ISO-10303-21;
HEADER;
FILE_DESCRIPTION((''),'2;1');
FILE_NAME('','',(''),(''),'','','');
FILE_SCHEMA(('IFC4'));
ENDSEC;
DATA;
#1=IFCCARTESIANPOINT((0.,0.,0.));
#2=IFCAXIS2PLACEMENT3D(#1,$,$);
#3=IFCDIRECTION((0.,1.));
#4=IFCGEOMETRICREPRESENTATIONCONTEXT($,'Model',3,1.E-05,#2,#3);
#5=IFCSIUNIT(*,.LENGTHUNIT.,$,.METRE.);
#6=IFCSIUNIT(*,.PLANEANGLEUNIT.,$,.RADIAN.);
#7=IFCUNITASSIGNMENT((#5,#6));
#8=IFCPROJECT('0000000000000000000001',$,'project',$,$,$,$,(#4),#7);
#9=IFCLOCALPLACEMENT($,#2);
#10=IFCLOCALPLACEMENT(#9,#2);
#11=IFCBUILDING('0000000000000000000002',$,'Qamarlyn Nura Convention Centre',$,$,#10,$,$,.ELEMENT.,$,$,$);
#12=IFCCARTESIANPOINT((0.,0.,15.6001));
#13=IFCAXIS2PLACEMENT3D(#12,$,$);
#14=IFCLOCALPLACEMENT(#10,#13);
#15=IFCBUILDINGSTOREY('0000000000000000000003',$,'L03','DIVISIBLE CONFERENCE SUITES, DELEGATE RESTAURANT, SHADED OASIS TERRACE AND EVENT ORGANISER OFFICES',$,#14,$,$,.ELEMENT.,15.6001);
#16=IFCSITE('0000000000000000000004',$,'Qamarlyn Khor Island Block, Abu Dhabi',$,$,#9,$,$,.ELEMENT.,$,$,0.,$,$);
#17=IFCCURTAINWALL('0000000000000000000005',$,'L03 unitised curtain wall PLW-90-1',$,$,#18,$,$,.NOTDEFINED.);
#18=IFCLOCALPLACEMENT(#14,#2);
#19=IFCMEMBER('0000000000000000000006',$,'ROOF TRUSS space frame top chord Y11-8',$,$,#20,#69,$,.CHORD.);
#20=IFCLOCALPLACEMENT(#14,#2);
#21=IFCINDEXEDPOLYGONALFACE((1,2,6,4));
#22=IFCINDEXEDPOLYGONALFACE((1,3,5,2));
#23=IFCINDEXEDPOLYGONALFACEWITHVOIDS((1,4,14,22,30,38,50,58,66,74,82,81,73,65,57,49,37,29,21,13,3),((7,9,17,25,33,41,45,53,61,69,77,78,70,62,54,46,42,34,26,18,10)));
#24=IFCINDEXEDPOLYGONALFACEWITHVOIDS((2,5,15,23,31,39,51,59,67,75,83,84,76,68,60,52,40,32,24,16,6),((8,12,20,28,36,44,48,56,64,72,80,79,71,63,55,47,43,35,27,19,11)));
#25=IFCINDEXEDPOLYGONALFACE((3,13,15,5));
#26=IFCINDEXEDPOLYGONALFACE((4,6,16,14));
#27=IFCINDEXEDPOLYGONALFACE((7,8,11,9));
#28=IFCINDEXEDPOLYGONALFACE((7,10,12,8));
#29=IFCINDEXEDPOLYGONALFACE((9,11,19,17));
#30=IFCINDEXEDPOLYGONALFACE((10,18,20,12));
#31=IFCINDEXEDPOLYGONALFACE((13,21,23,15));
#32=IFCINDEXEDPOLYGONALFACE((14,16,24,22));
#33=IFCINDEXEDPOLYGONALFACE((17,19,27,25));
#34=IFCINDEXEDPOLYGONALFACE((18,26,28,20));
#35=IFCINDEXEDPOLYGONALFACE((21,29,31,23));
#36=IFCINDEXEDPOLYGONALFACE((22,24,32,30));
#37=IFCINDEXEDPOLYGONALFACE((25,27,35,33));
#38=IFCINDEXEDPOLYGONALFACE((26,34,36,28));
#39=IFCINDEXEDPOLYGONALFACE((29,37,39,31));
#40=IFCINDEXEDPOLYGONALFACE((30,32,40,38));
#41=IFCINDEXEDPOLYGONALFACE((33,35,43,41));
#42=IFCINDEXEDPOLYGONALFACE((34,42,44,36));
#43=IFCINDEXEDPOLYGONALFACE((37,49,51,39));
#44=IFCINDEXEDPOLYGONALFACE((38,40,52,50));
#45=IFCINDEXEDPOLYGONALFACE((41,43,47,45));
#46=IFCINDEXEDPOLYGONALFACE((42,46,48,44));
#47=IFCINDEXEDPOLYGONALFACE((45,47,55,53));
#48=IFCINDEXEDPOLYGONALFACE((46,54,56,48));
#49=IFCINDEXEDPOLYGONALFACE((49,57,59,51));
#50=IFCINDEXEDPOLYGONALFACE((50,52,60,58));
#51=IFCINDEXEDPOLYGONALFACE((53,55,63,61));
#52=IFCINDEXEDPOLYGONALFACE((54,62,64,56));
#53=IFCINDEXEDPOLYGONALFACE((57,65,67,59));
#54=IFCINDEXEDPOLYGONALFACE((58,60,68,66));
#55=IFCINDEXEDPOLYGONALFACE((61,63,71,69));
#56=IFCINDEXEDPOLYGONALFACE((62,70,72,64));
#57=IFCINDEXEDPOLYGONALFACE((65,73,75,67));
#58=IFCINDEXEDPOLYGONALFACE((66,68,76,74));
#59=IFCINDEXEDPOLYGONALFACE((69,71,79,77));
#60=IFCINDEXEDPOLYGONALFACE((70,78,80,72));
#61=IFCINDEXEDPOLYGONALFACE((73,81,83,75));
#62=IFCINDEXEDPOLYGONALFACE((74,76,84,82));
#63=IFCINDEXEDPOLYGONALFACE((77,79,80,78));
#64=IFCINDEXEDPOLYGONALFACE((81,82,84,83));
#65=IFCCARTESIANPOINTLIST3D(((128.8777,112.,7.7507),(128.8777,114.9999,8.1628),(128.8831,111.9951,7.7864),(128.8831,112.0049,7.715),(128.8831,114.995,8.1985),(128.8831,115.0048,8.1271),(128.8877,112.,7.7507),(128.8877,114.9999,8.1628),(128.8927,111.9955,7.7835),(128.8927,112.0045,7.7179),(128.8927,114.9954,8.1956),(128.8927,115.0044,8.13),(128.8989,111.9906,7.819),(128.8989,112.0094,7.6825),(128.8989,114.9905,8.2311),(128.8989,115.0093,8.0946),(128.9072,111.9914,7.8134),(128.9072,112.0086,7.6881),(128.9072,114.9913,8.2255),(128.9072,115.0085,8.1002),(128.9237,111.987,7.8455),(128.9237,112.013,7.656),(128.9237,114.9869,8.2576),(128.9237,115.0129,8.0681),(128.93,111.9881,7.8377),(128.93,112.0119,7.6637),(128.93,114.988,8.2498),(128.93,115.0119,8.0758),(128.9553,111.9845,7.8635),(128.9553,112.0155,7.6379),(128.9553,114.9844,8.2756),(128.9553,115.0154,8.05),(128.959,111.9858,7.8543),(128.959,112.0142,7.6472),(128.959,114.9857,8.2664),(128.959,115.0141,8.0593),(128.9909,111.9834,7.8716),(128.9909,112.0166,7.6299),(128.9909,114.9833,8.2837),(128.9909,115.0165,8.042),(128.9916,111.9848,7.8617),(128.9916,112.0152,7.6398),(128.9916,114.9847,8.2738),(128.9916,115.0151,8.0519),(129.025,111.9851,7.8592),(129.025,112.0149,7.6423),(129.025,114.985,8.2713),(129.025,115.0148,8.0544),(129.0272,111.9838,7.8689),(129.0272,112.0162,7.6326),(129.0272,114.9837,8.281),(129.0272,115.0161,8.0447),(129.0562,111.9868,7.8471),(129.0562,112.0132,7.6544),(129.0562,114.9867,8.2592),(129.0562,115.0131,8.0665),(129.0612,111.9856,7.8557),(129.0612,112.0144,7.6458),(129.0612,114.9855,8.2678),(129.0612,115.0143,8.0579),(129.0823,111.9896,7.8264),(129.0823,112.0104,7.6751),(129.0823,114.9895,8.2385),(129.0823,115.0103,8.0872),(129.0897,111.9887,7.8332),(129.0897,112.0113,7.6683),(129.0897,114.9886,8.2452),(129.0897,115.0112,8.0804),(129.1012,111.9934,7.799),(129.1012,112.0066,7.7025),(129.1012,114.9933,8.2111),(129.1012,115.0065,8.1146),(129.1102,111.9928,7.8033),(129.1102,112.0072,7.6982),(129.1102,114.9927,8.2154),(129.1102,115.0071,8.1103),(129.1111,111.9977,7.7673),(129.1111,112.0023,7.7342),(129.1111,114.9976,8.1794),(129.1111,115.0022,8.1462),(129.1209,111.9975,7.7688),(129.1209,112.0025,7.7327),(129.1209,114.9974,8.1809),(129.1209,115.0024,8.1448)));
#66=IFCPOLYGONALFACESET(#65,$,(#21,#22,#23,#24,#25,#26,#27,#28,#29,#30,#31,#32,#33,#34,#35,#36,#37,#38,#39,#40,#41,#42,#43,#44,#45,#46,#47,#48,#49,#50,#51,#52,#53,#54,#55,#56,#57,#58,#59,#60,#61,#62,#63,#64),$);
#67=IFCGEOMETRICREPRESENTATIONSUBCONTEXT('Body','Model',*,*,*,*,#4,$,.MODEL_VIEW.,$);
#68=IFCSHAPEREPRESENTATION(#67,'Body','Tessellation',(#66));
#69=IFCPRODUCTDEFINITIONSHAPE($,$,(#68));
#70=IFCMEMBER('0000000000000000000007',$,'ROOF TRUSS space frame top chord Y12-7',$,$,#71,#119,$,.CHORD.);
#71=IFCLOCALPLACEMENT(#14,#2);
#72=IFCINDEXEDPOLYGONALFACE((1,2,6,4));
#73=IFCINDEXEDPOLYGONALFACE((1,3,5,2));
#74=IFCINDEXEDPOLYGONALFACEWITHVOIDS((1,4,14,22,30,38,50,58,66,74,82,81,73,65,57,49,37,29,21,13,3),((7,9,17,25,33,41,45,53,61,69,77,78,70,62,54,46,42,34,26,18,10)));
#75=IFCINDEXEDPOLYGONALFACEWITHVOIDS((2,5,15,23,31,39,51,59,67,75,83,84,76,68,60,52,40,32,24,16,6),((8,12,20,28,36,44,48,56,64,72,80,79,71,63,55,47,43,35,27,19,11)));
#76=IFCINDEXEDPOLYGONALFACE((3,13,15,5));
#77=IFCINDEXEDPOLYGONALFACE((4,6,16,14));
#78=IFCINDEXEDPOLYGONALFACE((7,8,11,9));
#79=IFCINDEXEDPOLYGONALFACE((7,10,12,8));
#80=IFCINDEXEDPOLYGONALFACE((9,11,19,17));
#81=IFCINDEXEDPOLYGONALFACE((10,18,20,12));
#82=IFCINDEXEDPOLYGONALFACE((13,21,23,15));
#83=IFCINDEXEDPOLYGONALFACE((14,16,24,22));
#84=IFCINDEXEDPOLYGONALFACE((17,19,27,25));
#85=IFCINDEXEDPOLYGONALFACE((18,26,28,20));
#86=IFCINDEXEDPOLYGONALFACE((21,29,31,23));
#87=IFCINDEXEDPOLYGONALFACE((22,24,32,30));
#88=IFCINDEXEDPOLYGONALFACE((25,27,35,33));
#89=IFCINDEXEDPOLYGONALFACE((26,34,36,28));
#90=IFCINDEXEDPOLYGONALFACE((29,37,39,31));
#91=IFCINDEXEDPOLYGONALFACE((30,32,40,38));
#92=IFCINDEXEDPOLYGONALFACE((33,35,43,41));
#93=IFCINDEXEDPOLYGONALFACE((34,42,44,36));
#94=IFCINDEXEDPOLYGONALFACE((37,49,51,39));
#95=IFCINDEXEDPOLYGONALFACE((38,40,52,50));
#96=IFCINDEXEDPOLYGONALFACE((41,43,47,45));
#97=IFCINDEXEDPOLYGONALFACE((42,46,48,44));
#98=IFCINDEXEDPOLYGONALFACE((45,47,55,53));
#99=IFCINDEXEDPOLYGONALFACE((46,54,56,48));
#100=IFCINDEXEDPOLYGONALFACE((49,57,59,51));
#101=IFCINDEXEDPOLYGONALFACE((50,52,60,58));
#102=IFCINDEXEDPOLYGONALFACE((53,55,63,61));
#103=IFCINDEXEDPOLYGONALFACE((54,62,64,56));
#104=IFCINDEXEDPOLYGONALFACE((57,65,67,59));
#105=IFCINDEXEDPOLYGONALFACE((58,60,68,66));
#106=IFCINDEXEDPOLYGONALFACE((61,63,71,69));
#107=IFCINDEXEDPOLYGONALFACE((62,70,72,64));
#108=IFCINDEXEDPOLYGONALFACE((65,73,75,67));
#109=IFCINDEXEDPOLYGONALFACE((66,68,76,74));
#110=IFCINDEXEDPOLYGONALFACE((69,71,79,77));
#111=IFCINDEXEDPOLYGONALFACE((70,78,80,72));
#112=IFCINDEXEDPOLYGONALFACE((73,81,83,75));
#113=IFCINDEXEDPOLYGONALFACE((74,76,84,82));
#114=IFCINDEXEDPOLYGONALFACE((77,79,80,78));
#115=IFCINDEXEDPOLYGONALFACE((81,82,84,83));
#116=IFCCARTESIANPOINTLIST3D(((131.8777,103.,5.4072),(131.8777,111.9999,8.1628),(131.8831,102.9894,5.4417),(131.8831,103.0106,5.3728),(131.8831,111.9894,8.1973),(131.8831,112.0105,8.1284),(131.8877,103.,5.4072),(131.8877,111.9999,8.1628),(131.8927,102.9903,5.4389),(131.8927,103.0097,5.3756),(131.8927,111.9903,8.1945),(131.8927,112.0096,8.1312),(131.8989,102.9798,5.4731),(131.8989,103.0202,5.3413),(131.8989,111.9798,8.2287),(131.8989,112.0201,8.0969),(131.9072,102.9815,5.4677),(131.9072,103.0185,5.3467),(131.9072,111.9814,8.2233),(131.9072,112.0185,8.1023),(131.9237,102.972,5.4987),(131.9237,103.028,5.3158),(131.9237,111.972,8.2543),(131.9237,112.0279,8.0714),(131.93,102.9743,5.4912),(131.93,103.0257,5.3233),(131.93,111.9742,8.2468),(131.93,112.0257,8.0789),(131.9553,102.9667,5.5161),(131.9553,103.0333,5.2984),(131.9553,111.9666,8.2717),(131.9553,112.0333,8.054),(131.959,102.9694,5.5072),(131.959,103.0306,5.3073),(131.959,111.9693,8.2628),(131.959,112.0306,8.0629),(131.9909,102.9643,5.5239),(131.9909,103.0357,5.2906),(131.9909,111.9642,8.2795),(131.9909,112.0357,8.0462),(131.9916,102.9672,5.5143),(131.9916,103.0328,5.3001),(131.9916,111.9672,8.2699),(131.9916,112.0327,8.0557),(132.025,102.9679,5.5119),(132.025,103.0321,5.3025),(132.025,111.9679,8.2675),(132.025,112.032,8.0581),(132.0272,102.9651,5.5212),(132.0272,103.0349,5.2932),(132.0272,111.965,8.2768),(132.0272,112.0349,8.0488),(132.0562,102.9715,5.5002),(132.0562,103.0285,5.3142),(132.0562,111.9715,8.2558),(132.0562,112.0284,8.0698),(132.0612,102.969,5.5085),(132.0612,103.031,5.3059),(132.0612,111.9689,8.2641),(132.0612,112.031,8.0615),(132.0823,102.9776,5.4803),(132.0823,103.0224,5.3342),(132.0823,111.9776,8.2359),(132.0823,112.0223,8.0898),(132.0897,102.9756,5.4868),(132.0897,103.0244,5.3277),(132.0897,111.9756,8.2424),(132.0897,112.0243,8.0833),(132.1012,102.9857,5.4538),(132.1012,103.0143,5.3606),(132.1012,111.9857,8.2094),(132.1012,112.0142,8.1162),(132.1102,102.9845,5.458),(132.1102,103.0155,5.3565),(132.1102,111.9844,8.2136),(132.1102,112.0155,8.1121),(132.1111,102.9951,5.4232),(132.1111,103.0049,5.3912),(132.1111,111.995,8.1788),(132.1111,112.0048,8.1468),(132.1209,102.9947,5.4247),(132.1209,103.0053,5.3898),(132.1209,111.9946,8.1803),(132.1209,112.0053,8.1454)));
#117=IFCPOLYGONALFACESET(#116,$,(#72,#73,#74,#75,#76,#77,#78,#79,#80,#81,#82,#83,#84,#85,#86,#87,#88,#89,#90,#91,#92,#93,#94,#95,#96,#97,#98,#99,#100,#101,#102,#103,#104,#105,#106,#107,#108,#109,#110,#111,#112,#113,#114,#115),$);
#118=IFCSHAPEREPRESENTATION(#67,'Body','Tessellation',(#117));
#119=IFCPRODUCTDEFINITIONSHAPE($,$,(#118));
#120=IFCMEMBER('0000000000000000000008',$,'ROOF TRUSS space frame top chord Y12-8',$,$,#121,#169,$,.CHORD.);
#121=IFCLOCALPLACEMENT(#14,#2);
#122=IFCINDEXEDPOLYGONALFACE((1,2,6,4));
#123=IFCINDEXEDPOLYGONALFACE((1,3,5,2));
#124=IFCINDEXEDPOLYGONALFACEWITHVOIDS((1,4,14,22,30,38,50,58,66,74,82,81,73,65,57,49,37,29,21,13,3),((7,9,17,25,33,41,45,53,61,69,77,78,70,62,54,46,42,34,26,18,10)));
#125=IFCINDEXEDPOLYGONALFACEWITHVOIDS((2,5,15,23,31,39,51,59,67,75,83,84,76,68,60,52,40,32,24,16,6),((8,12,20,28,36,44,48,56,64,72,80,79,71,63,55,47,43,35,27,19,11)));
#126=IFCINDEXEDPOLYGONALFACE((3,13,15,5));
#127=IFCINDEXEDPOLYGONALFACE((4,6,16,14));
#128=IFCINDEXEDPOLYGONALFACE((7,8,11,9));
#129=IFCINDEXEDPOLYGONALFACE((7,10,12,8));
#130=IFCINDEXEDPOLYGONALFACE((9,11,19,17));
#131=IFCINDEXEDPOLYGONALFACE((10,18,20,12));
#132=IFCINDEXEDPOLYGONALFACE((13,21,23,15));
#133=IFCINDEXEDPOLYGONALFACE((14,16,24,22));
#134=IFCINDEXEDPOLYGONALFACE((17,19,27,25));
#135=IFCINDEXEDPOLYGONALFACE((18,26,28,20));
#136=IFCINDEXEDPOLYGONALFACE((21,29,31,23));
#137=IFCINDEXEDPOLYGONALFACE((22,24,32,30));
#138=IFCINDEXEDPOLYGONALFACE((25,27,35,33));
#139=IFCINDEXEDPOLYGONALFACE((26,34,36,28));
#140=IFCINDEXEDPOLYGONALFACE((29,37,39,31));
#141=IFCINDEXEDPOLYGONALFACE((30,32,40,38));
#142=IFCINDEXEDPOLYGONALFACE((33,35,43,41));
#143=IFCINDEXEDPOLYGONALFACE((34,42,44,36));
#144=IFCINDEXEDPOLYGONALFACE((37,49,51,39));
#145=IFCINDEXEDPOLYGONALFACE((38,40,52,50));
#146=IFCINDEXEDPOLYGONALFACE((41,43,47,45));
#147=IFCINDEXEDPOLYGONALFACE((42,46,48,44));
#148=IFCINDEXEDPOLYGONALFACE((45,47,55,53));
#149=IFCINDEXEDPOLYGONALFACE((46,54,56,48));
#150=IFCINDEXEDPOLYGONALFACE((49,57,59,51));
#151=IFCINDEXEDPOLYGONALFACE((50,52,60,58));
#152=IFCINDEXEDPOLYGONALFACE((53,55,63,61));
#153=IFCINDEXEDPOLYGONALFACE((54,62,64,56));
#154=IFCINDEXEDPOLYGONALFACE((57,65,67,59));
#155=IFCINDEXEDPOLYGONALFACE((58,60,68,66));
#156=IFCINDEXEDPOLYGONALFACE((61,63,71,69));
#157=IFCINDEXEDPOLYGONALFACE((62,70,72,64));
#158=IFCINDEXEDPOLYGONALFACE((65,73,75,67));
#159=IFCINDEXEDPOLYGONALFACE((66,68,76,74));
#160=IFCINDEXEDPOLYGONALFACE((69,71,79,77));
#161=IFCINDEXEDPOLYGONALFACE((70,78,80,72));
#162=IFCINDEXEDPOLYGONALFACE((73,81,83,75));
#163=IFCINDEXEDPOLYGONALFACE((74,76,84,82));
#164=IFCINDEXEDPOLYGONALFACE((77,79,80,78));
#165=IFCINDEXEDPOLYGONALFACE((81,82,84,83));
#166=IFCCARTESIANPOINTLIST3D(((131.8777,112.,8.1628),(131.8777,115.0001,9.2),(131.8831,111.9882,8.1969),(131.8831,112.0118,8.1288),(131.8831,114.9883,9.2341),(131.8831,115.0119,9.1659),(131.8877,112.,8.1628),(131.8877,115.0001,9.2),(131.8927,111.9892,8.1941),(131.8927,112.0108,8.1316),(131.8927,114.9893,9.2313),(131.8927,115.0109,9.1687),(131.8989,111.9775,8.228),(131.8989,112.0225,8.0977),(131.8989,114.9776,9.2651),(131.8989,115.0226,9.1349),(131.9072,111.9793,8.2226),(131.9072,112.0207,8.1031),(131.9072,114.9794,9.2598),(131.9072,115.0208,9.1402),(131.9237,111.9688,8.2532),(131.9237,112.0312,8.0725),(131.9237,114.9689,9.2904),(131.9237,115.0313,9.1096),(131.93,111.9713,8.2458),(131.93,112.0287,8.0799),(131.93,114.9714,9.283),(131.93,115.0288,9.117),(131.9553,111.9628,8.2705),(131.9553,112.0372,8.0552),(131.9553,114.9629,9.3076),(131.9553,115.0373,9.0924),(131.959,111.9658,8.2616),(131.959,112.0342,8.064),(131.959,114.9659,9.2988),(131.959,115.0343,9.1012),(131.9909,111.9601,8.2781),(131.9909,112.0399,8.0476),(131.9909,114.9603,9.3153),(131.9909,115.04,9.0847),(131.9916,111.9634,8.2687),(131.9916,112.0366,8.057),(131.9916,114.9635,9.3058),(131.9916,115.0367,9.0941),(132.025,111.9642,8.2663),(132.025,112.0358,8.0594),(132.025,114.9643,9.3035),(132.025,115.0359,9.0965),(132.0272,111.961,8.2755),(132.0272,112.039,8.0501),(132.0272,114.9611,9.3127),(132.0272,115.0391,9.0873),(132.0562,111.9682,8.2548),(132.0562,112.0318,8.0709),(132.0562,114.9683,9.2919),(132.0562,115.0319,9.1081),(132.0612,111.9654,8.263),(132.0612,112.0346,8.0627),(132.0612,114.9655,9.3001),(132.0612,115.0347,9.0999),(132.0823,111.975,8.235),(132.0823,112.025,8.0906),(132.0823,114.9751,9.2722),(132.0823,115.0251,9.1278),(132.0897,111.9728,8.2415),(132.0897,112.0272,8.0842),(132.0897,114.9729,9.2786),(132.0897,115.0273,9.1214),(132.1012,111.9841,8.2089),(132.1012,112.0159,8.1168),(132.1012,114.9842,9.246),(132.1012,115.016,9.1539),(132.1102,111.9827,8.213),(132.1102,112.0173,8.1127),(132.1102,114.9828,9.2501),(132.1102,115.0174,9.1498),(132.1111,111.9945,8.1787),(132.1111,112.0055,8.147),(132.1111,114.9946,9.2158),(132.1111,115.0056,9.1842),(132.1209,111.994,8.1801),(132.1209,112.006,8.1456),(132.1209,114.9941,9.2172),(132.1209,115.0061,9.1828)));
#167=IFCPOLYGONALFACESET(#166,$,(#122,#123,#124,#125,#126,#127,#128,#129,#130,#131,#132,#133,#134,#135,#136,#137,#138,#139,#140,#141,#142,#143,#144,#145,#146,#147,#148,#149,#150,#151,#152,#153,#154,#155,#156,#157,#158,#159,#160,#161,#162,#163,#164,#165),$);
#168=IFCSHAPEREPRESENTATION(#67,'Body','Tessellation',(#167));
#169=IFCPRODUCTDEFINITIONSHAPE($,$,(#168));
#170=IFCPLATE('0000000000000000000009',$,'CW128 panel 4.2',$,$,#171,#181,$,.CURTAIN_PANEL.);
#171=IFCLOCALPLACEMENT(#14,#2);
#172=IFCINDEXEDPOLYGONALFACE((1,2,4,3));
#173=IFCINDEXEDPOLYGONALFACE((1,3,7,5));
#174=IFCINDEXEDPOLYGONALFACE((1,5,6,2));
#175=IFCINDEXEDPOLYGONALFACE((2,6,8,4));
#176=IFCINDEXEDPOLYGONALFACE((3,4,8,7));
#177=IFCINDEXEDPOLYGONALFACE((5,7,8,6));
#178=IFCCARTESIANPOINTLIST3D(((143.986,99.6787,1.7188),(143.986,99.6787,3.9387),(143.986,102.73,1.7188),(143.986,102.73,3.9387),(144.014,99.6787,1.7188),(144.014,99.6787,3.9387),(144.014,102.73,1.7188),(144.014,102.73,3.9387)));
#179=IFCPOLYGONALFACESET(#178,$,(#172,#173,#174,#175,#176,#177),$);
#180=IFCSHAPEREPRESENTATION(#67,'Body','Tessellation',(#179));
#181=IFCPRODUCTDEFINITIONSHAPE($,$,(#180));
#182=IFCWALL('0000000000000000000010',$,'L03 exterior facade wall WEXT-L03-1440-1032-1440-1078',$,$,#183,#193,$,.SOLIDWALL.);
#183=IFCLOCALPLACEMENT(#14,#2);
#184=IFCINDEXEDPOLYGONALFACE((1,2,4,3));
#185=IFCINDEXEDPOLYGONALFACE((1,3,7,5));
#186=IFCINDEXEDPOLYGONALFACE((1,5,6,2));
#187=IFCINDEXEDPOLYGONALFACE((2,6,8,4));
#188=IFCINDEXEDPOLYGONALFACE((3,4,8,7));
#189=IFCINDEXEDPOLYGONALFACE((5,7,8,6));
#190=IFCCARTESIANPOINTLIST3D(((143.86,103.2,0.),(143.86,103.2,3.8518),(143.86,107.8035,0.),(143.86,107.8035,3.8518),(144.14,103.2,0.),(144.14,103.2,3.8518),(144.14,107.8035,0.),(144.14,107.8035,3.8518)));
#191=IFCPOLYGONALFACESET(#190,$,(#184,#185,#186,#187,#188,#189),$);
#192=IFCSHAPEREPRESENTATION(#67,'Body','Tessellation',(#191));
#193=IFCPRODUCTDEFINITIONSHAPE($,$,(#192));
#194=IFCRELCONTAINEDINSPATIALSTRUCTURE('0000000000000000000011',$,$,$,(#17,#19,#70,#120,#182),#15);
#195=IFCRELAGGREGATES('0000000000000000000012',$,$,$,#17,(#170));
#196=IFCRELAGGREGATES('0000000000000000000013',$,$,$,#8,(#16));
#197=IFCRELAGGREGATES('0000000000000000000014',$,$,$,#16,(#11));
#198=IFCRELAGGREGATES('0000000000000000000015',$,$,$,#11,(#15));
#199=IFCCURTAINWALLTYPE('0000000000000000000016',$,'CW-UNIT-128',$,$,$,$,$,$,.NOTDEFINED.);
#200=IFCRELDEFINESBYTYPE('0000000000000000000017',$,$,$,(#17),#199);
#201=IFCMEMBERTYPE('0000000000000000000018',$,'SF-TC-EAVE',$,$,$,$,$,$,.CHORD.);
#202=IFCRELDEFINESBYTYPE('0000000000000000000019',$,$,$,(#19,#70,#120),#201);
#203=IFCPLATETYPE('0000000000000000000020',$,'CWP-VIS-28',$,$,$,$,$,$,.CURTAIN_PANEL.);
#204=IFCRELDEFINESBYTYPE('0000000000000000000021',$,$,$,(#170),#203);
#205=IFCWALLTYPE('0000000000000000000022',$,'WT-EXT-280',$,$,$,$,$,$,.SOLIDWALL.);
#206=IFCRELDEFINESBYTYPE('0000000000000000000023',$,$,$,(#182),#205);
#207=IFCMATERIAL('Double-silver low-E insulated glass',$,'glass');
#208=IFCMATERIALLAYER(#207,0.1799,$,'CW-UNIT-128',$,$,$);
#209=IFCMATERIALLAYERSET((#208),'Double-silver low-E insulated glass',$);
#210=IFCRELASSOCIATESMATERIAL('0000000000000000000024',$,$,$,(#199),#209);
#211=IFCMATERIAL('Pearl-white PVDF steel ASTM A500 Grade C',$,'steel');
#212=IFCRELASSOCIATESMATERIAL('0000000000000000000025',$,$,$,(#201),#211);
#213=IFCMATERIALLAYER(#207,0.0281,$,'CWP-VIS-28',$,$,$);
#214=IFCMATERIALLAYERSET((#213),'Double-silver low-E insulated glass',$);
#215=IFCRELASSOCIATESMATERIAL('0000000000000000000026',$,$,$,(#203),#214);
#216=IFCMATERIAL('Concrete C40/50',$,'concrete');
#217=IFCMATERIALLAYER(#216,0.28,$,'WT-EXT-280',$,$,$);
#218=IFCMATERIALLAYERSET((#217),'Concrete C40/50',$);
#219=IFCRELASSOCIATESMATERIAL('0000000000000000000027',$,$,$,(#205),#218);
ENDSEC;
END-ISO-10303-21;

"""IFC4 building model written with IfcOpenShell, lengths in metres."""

from ifc_helpers import new_model, si_unit, direction, frame, frame_2d, origin, origin_2d, place, context, subcontext, project, spatial, rectangle, hollow_circle, extrude, material, layer, layer_set, material_profile, profile_set, type_object, element, aggregate, save


model = new_model("IFC4")

# Units and contexts
model_context = context("Model", 3, precision=1e-05, world=origin(), true_north=direction((0.0, 1.0)))
body_context = subcontext(model_context, "Body", "Model", "MODEL_VIEW")
ifc_project = project(units=[si_unit("LENGTHUNIT", "METRE"), si_unit("PLANEANGLEUNIT", "RADIAN")], contexts=[model_context])

# Site, building, storey
site_placement = place(None, origin())
site = spatial("IfcSite", under=ifc_project, at=site_placement, Name="Qamarlyn Khor Island Block, Abu Dhabi", CompositionType="ELEMENT", RefElevation=0.0)
building_placement = place(site_placement, origin())
building = spatial("IfcBuilding", under=site, at=building_placement, Name="Qamarlyn Nura Convention Centre", CompositionType="ELEMENT")
storey_placement = place(building_placement, frame((0.0, 0.0, 15.6001)))
storey = spatial("IfcBuildingStorey", under=building, at=storey_placement, Name="L03", Description="DIVISIBLE CONFERENCE SUITES, DELEGATE RESTAURANT, SHADED OASIS TERRACE AND EVENT ORGANISER OFFICES", CompositionType="ELEMENT", Elevation=15.6001)

# Curtain wall
ifc_material_1 = material(Name="Double-silver low-E insulated glass", Category="glass")
ifc_layer_1 = layer(ifc_material_1, 0.1799, Name="CW-UNIT-128")
ifc_layer_set_1 = layer_set([ifc_layer_1], Name="Double-silver low-E insulated glass")
curtain_wall_type = type_object("IfcCurtainWallType", Name="CW-UNIT-128", PredefinedType="NOTDEFINED", material=ifc_layer_set_1)
curtain_wall_placement = place(storey_placement, origin())
curtain_wall = element("IfcCurtainWall", 1, at=curtain_wall_placement, inside=storey, type_object=curtain_wall_type, Name="L03 unitised curtain wall PLW-90-1", PredefinedType="NOTDEFINED")

# Members
ifc_material_2 = material(Name="Pearl-white PVDF steel ASTM A500 Grade C", Category="steel")
ifc_material_profile_1 = material_profile(ifc_material_2, hollow_circle(Radius=0.1223, WallThickness=0.01, at=origin_2d()), Name="CHS244.5X10")
ifc_profile_set_1 = profile_set([ifc_material_profile_1], Name="Pearl-white PVDF steel ASTM A500 Grade C")
member_type_1 = type_object("IfcMemberType", Name="SF-TC-EAVE", PredefinedType="CHORD", material=ifc_profile_set_1)
member_1_placement = place(storey_placement, frame((129.0, 112.0, 7.7507), z_axis=(0.0, 0.990696, 0.136092), x_axis=(-1.0, 0.0, 0.0)))
element("IfcMember", 2, at=member_1_placement, inside=storey, type_object=member_type_1, Name="ROOF TRUSS space frame top chord Y11-8", PredefinedType="CHORD", context=body_context, shape_type="SweptSolid", body=[
    extrude(hollow_circle(Radius=0.1223, WallThickness=0.01, at=origin_2d()), origin(), (0.0, 0.0, 1.0), 3.0281),
])
member_2_placement = place(storey_placement, frame((132.0, 103.0, 5.4072), z_axis=(0.0, 0.956185, 0.292764), x_axis=(-1.0, 0.0, 0.0)))
element("IfcMember", 3, at=member_2_placement, inside=storey, type_object=member_type_1, Name="ROOF TRUSS space frame top chord Y12-7", PredefinedType="CHORD", context=body_context, shape_type="SweptSolid", body=[
    extrude(hollow_circle(Radius=0.1223, WallThickness=0.01, at=origin_2d()), origin(), (0.0, 0.0, 1.0), 9.4124),
])
member_3_placement = place(storey_placement, frame((132.0, 112.0, 8.1628), z_axis=(0.0, 0.945118, 0.32673), x_axis=(-1.0, 0.0, 0.0)))
element("IfcMember", 4, at=member_3_placement, inside=storey, type_object=member_type_1, Name="ROOF TRUSS space frame top chord Y12-8", PredefinedType="CHORD", context=body_context, shape_type="SweptSolid", body=[
    extrude(hollow_circle(Radius=0.1223, WallThickness=0.01, at=origin_2d()), origin(), (0.0, 0.0, 1.0), 3.1743),
])

# Plate
ifc_layer_2 = layer(ifc_material_1, 0.0281, Name="CWP-VIS-28")
ifc_layer_set_2 = layer_set([ifc_layer_2], Name="Double-silver low-E insulated glass")
plate_type = type_object("IfcPlateType", Name="CWP-VIS-28", PredefinedType="CURTAIN_PANEL", material=ifc_layer_set_2)
plate_placement = place(storey_placement, frame((144.0, 101.2043, 1.7188), z_axis=(0.0, 0.0, 1.0), x_axis=(0.0, 1.0, 0.0)))
plate = element("IfcPlate", 5, at=plate_placement, type_object=plate_type, Name="CW128 panel 4.2", PredefinedType="CURTAIN_PANEL", context=body_context, shape_type="SweptSolid", body=[
    extrude(rectangle(XDim=3.0513, YDim=0.0281, at=origin_2d()), origin(), (0.0, 0.0, 1.0), 2.22),
])
aggregate(curtain_wall, [plate])

# Wall
ifc_material_3 = material(Name="Concrete C40/50", Category="concrete")
ifc_layer_3 = layer(ifc_material_3, 0.28, Name="WT-EXT-280")
ifc_layer_set_3 = layer_set([ifc_layer_3], Name="Concrete C40/50")
wall_type = type_object("IfcWallType", Name="WT-EXT-280", PredefinedType="SOLIDWALL", material=ifc_layer_set_3)
wall_placement = place(storey_placement, frame((144.0, 103.2, 0.0), z_axis=(0.0, 0.0, 1.0), x_axis=(0.0, 1.0, 0.0)))
element("IfcWall", 6, at=wall_placement, inside=storey, type_object=wall_type, Name="L03 exterior facade wall WEXT-L03-1440-1032-1440-1078", PredefinedType="SOLIDWALL", context=body_context, shape_type="SweptSolid", body=[
    extrude(rectangle(XDim=4.6035, YDim=0.28, at=frame_2d((2.3018, 0.0))), origin(), (0.0, 0.0, 1.0), 3.8518),
])

save(model, "model.ifc")
